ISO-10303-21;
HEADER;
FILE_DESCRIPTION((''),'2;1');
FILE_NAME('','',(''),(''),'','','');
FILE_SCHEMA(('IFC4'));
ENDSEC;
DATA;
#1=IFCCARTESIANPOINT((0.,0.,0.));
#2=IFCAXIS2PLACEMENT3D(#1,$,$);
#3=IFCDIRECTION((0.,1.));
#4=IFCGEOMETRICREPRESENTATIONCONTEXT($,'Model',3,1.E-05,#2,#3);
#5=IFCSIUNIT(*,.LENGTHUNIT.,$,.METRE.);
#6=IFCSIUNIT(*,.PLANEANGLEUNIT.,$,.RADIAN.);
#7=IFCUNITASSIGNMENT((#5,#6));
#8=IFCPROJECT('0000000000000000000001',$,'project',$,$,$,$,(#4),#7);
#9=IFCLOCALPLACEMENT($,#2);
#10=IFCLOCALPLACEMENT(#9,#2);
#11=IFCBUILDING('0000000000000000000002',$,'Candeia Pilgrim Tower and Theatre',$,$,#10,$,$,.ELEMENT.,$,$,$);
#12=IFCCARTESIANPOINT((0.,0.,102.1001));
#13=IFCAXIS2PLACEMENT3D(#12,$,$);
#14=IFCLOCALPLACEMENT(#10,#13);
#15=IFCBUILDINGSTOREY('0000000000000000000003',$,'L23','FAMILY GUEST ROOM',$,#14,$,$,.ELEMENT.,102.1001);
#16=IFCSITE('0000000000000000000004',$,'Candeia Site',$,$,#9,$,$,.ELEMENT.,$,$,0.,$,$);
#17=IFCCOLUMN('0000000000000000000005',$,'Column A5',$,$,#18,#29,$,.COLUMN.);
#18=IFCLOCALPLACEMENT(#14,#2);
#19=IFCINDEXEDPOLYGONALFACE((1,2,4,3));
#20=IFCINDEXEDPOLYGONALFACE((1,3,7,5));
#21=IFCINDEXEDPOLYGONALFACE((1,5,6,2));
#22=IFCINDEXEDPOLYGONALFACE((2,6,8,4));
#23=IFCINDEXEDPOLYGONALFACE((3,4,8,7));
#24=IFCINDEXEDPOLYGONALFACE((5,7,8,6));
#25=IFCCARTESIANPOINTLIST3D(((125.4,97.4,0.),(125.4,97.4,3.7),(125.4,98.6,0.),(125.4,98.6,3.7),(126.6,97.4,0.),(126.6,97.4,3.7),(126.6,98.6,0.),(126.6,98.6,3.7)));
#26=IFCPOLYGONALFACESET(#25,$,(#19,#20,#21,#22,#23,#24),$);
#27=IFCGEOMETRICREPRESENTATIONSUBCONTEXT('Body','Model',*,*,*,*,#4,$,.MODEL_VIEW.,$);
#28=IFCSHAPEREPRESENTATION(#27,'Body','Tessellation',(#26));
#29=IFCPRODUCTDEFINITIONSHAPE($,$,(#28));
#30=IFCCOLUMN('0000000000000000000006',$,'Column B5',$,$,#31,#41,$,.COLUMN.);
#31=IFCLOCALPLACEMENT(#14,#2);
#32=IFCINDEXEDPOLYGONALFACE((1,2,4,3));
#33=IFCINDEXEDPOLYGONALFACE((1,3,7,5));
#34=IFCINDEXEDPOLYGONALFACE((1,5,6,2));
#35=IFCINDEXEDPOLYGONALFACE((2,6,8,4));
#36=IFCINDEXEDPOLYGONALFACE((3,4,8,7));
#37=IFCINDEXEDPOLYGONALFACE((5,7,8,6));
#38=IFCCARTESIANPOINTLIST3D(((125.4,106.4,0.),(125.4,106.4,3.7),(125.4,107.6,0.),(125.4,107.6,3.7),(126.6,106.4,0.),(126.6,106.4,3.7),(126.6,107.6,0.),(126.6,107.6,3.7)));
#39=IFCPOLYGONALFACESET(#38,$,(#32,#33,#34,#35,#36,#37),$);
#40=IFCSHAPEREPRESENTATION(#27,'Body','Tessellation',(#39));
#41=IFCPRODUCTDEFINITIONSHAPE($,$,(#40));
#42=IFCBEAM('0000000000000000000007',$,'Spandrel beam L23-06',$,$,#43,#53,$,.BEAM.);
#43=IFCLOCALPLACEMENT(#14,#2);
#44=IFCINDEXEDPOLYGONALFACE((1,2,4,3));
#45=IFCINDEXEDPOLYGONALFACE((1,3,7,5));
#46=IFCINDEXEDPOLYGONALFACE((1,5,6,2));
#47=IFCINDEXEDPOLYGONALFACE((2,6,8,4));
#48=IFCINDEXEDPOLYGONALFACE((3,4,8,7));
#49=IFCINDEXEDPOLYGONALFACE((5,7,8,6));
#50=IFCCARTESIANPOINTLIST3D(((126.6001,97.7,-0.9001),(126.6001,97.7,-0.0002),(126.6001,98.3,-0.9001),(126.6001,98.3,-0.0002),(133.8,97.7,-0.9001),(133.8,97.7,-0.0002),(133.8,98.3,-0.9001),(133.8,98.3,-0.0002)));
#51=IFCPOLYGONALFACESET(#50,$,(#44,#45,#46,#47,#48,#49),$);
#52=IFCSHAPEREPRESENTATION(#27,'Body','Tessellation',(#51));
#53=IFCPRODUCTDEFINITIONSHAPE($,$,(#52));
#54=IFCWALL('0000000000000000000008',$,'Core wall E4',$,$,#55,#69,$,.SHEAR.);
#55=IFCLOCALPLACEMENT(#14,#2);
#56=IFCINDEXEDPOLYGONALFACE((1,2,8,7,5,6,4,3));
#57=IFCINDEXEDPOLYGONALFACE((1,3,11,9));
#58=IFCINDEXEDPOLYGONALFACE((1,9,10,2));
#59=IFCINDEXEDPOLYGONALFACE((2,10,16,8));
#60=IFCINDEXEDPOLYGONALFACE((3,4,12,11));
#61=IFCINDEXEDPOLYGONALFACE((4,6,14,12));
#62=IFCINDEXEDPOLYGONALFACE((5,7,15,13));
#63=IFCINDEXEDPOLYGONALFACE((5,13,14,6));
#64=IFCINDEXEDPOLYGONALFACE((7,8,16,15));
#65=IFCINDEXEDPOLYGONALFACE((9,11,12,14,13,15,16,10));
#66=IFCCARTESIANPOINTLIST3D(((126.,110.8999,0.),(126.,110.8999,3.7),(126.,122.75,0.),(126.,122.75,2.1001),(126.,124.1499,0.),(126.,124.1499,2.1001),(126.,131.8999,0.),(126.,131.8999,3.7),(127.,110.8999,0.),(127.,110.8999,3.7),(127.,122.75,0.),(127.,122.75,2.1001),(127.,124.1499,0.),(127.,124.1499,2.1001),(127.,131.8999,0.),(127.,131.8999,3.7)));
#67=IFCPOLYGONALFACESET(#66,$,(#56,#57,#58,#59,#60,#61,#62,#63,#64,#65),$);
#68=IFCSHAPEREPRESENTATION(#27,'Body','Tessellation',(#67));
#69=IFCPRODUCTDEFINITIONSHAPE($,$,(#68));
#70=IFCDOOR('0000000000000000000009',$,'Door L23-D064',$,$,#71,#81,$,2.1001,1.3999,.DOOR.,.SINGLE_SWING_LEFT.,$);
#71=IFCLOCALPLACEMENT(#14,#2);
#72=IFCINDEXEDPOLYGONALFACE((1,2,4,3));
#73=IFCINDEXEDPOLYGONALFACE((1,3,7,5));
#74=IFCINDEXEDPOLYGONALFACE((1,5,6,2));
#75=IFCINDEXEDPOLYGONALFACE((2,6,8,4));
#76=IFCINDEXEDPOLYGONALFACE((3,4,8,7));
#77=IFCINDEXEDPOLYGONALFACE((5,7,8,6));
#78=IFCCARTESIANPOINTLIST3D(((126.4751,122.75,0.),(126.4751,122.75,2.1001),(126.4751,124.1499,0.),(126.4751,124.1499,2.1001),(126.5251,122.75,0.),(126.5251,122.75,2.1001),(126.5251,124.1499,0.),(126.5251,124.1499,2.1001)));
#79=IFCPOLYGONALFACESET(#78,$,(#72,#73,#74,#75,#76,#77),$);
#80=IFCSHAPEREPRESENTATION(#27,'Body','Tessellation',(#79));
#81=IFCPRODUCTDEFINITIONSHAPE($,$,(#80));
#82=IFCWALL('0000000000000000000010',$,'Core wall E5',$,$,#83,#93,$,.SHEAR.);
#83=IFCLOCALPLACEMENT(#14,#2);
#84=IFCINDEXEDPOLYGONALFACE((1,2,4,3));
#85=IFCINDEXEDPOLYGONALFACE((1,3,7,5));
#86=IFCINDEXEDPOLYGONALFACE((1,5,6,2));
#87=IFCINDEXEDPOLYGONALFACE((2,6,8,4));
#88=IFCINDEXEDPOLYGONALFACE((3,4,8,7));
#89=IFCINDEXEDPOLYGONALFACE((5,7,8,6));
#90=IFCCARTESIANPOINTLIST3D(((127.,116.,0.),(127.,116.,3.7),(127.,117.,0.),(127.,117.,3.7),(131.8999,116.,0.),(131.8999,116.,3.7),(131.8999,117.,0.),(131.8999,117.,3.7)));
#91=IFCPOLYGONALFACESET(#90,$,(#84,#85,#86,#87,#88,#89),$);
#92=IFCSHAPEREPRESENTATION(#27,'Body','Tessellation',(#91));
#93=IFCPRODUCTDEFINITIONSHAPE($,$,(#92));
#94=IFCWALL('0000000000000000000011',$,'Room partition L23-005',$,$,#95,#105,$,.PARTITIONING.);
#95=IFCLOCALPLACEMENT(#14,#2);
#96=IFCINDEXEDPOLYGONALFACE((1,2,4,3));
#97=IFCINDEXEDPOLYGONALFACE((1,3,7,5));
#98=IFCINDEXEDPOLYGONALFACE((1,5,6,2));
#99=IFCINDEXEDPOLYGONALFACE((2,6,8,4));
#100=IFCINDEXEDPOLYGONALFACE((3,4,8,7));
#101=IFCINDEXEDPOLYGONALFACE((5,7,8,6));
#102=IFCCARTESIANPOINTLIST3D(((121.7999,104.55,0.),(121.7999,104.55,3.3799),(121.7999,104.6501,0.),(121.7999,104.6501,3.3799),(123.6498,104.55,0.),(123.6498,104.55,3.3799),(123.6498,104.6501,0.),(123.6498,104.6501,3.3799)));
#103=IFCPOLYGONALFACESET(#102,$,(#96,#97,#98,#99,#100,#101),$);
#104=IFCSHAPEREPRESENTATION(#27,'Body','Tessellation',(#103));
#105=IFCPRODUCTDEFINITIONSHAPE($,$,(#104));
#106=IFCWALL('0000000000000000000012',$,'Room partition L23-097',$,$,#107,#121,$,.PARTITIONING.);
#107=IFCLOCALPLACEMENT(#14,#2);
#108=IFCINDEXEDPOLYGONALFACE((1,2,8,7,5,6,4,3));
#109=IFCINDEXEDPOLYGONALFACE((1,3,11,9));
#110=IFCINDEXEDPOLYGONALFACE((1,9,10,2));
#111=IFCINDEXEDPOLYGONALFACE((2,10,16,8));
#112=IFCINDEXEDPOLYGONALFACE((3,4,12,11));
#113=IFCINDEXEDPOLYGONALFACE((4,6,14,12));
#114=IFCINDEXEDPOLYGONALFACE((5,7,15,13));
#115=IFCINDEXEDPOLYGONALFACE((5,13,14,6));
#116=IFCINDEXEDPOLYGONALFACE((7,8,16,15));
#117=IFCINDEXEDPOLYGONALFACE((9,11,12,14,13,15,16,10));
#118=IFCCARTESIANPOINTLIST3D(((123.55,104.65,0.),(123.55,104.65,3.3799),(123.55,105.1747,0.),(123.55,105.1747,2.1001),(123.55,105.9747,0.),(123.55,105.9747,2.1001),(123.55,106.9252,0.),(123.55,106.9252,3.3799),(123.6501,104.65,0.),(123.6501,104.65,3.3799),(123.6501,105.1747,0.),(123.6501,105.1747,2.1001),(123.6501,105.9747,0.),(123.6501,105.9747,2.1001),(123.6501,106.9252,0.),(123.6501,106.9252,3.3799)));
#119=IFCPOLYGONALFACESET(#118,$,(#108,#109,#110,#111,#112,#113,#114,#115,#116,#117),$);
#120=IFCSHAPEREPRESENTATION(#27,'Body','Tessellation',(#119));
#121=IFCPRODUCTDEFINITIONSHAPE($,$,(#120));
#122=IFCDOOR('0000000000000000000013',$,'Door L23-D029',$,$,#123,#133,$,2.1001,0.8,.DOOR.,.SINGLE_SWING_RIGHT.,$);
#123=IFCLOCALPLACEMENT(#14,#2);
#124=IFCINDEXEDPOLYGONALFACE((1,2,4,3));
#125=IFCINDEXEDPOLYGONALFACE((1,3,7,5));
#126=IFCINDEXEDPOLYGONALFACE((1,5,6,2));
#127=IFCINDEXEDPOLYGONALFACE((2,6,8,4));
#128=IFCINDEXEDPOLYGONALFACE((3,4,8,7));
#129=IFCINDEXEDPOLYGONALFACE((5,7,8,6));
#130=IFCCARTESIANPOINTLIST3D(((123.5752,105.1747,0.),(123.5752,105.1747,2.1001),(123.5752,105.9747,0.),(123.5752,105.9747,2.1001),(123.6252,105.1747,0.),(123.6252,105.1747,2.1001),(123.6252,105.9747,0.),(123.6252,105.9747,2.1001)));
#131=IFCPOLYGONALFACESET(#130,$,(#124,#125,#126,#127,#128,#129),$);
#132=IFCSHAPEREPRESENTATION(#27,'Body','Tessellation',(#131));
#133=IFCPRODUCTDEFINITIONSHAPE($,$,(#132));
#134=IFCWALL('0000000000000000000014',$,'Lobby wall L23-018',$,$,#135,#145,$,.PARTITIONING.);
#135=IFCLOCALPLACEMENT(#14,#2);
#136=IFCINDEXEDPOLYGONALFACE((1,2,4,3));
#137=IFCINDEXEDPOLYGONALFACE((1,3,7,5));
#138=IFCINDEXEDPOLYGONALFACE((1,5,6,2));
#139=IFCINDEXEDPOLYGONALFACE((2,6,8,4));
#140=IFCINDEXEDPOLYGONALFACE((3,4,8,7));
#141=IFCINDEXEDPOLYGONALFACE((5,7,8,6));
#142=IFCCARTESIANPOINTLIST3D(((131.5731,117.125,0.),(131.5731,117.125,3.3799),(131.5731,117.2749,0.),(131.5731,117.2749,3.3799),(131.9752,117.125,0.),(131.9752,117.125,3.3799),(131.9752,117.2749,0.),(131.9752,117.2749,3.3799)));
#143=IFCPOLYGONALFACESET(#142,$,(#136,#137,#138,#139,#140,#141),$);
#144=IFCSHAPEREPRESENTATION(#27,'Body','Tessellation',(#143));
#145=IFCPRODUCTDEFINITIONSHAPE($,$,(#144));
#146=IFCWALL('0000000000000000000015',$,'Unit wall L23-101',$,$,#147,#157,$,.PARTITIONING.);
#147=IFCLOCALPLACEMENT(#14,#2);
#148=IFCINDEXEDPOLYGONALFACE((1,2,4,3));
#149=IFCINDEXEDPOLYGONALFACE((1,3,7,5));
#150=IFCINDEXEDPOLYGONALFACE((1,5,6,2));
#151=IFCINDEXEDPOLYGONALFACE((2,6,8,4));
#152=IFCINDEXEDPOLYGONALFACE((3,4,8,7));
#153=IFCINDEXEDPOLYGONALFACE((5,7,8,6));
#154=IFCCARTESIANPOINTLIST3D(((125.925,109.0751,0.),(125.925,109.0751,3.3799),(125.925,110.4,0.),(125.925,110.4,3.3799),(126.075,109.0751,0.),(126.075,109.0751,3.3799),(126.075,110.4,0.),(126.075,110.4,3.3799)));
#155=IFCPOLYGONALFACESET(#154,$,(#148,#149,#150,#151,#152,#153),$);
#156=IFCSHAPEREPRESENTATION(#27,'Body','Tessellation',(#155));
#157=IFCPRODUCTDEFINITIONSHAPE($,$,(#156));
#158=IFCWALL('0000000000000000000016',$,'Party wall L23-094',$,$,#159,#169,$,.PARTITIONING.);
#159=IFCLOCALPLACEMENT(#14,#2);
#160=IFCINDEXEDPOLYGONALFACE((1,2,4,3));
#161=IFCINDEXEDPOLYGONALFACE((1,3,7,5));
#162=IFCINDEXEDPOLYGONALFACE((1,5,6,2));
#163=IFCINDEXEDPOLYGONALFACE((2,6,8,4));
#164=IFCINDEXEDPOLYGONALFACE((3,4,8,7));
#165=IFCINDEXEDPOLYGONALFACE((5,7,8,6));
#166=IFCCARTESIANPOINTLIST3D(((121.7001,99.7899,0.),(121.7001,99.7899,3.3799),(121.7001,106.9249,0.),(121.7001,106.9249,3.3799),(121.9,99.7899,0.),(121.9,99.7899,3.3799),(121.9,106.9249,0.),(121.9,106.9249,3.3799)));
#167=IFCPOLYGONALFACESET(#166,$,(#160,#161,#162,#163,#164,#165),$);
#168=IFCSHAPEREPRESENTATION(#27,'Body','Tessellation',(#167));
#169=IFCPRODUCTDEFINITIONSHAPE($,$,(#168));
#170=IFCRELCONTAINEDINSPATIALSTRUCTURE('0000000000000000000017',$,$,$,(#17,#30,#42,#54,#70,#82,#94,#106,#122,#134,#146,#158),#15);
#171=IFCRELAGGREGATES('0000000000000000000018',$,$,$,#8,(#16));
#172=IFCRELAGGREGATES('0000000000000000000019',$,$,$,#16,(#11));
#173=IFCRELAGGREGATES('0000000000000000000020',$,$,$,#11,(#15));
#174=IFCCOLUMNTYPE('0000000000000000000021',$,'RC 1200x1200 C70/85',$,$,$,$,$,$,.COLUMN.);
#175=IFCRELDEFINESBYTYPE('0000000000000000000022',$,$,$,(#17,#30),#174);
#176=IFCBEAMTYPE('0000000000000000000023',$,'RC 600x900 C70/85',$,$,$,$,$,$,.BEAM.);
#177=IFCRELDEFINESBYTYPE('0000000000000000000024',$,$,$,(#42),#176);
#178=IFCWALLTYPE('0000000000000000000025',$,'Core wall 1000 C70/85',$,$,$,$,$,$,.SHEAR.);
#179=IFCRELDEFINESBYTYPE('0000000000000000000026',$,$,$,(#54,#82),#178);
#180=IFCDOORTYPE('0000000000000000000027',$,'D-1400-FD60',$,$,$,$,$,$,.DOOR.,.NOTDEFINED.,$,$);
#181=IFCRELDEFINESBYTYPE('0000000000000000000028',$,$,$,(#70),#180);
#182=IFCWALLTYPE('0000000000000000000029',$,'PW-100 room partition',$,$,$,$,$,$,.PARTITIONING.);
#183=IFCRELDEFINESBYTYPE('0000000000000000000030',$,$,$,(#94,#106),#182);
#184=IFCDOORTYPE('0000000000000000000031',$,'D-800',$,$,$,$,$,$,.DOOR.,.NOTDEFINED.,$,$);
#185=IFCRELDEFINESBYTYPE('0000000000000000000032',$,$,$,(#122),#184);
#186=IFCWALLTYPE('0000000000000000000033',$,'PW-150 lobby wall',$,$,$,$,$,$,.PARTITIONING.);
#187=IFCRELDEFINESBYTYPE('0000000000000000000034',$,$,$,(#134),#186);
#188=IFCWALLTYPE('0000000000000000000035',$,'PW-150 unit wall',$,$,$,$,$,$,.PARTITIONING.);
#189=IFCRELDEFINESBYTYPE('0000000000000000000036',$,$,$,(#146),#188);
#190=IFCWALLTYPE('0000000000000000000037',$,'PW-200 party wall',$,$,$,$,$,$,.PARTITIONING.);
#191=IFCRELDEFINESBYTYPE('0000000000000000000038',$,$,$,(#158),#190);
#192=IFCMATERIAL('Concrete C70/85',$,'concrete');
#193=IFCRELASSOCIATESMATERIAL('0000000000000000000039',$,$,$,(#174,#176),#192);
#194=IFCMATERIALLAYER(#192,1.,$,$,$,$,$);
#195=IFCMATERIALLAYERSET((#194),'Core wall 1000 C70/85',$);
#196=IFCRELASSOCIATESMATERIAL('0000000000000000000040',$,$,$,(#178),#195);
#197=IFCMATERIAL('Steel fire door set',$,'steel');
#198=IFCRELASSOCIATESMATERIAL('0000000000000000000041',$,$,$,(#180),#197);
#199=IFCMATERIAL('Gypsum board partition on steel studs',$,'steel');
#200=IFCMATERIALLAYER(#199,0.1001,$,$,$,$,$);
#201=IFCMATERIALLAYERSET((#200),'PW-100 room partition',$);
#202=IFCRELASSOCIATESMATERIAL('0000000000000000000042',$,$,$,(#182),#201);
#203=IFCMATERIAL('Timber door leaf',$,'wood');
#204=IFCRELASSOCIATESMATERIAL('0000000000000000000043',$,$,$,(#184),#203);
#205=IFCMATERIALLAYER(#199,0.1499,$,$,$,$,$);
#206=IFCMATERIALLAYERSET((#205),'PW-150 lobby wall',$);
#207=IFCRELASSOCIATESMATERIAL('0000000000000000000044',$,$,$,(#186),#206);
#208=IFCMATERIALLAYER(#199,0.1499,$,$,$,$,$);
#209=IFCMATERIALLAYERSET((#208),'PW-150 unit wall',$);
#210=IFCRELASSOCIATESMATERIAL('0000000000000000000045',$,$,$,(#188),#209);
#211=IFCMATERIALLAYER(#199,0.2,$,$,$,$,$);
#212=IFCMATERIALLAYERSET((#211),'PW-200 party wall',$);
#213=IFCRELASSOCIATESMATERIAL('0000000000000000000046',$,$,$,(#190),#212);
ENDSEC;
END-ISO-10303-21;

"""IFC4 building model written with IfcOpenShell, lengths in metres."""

from ifc_helpers import new_model, si_unit, direction, frame, frame_2d, origin, origin_2d, place, context, subcontext, project, spatial, rectangle, extrude, material, layer, layer_set, material_profile, profile_set, type_object, element, fill, save


model = new_model("IFC4")

# Units and contexts
model_context = context("Model", 3, precision=1e-05, world=origin(), true_north=direction((0.0, 1.0)))
body_context = subcontext(model_context, "Body", "Model", "MODEL_VIEW")
ifc_project = project(units=[si_unit("LENGTHUNIT", "METRE"), si_unit("PLANEANGLEUNIT", "RADIAN")], contexts=[model_context])

# Site, building, storey
site_placement = place(None, origin())
site = spatial("IfcSite", under=ifc_project, at=site_placement, Name="Candeia Site", CompositionType="ELEMENT", RefElevation=0.0)
building_placement = place(site_placement, origin())
building = spatial("IfcBuilding", under=site, at=building_placement, Name="Candeia Pilgrim Tower and Theatre", CompositionType="ELEMENT")
storey_placement = place(building_placement, frame((0.0, 0.0, 102.1001)))
storey = spatial("IfcBuildingStorey", under=building, at=storey_placement, Name="L23", Description="FAMILY GUEST ROOM", CompositionType="ELEMENT", Elevation=102.1001)

# Columns
ifc_material_1 = material(Name="Concrete C70/85", Category="concrete")
ifc_material_profile_1 = material_profile(ifc_material_1, rectangle(XDim=1.2, YDim=1.2, at=origin_2d()))
ifc_profile_set_1 = profile_set([ifc_material_profile_1], Name="Concrete C70/85")
column_type = type_object("IfcColumnType", Name="RC 1200x1200 C70/85", PredefinedType="COLUMN", material=ifc_profile_set_1)
for number, where, z_axis, x_axis, name in (
    (1, (126.0, 98.0, 0.0), (0.0, 0.0, 1.0), (1.0, 0.0, 0.0), "Column A5"),
    (2, (126.0, 107.0, 0.0), (0.0, 0.0, 1.0), (1.0, 0.0, 0.0), "Column B5"),
):
    element("IfcColumn", number, at=place(storey_placement, frame(where, z_axis=z_axis, x_axis=x_axis)), inside=storey, type_object=column_type, Name=name, PredefinedType="COLUMN", context=body_context, shape_type="SweptSolid", body=[
        extrude(rectangle(XDim=1.2, YDim=1.2, at=origin_2d()), origin(), (0.0, 0.0, 1.0), 3.7),
    ])

# Beam
ifc_material_profile_2 = material_profile(ifc_material_1, rectangle(XDim=0.6001, YDim=0.8999, at=origin_2d()))
ifc_profile_set_2 = profile_set([ifc_material_profile_2], Name="Concrete C70/85")
beam_type = type_object("IfcBeamType", Name="RC 600x900 C70/85", PredefinedType="BEAM", material=ifc_profile_set_2)
beam_placement = place(storey_placement, frame((126.6001, 98.0, -0.4502), z_axis=(1.0, 0.0, 0.0), x_axis=(0.0, 1.0, 0.0)))
element("IfcBeam", 3, at=beam_placement, inside=storey, type_object=beam_type, Name="Spandrel beam L23-06", PredefinedType="BEAM", context=body_context, shape_type="SweptSolid", body=[
    extrude(rectangle(XDim=0.6001, YDim=0.8999, at=origin_2d()), origin(), (0.0, 0.0, 1.0), 7.2),
])

# Wall, opening, door
ifc_layer_1 = layer(ifc_material_1, 1.0)
ifc_layer_set_1 = layer_set([ifc_layer_1], Name="Core wall 1000 C70/85")
wall_type_1 = type_object("IfcWallType", Name="Core wall 1000 C70/85", PredefinedType="SHEAR", material=ifc_layer_set_1)
wall_1_placement = place(storey_placement, frame((126.5, 110.8999, 0.0), z_axis=(0.0, 0.0, 1.0), x_axis=(0.0, 1.0, 0.0)))
wall_1 = element("IfcWall", 4, at=wall_1_placement, inside=storey, type_object=wall_type_1, Name="Core wall E4", PredefinedType="SHEAR", context=body_context, shape_type="SweptSolid", body=[
    extrude(rectangle(XDim=21.0, YDim=1.0, at=frame_2d((10.5, 0.0))), origin(), (0.0, 0.0, 1.0), 3.7),
])
opening_1_placement = place(wall_1_placement, frame((11.8501, 0.0, 0.0)))
opening_1 = element("IfcOpeningElement", 5, at=opening_1_placement, cuts=wall_1, PredefinedType="OPENING", context=body_context, shape_type="SweptSolid", body=[
    extrude(rectangle(XDim=1.3999, YDim=2.1001, at=frame_2d((0.7, 1.05))), frame((0.0, 0.51, 0.0), z_axis=(0.0, -1.0, 0.0), x_axis=(1.0, 0.0, 0.0)), (0.0, 0.0, 1.0), 1.02),
])
ifc_material_2 = material(Name="Steel fire door set", Category="steel")
door_type_1 = type_object("IfcDoorType", Name="D-1400-FD60", OperationType="NOTDEFINED", PredefinedType="DOOR", material=ifc_material_2)
door_1_placement = place(opening_1_placement, origin())
door_1 = element("IfcDoor", 6, at=door_1_placement, inside=storey, type_object=door_type_1, Name="Door L23-D064", OperationType="SINGLE_SWING_LEFT", OverallHeight=2.1001, OverallWidth=1.3999, PredefinedType="DOOR", context=body_context, shape_type="SweptSolid", body=[
    extrude(rectangle(XDim=1.3999, YDim=2.1001, at=frame_2d((0.7, 1.05))), frame((0.0, 0.0249, 0.0), z_axis=(0.0, -1.0, 0.0), x_axis=(1.0, 0.0, 0.0)), (0.0, 0.0, 1.0), 0.05),
])
fill(opening_1, door_1)

# Walls
wall_2_placement = place(storey_placement, frame((127.0, 116.5, 0.0), z_axis=(0.0, 0.0, 1.0), x_axis=(1.0, 0.0, 0.0)))
element("IfcWall", 7, at=wall_2_placement, inside=storey, type_object=wall_type_1, Name="Core wall E5", PredefinedType="SHEAR", context=body_context, shape_type="SweptSolid", body=[
    extrude(rectangle(XDim=4.8999, YDim=1.0, at=frame_2d((2.45, 0.0))), origin(), (0.0, 0.0, 1.0), 3.7),
])
ifc_material_3 = material(Name="Gypsum board partition on steel studs", Category="steel")
ifc_layer_2 = layer(ifc_material_3, 0.1001)
ifc_layer_set_2 = layer_set([ifc_layer_2], Name="PW-100 room partition")
wall_type_2 = type_object("IfcWallType", Name="PW-100 room partition", PredefinedType="PARTITIONING", material=ifc_layer_set_2)
wall_3_placement = place(storey_placement, frame((121.8, 104.6001, 0.0), z_axis=(0.0, 0.0, 1.0), x_axis=(1.0, 0.0, 0.0)))
element("IfcWall", 8, at=wall_3_placement, inside=storey, type_object=wall_type_2, Name="Room partition L23-005", PredefinedType="PARTITIONING", context=body_context, shape_type="SweptSolid", body=[
    extrude(rectangle(XDim=1.8499, YDim=0.1001, at=frame_2d((0.9248, 0.0))), origin(), (0.0, 0.0, 1.0), 3.3799),
])

# Wall, opening, door
wall_4_placement = place(storey_placement, frame((123.6001, 104.6499, 0.0), z_axis=(0.0, 0.0, 1.0), x_axis=(0.0, 1.0, 0.0)))
wall_4 = element("IfcWall", 9, at=wall_4_placement, inside=storey, type_object=wall_type_2, Name="Room partition L23-097", PredefinedType="PARTITIONING", context=body_context, shape_type="SweptSolid", body=[
    extrude(rectangle(XDim=2.2751, YDim=0.1001, at=frame_2d((1.1377, 0.0))), origin(), (0.0, 0.0, 1.0), 3.3799),
])
opening_2_placement = place(wall_4_placement, frame((0.5249, 0.0, 0.0)))
opening_2 = element("IfcOpeningElement", 10, at=opening_2_placement, cuts=wall_4, PredefinedType="OPENING", context=body_context, shape_type="SweptSolid", body=[
    extrude(rectangle(XDim=0.8, YDim=2.1001, at=frame_2d((0.3999, 1.05))), frame((0.0, 0.0601, 0.0), z_axis=(0.0, -1.0, 0.0), x_axis=(1.0, 0.0, 0.0)), (0.0, 0.0, 1.0), 0.1201),
])
ifc_material_4 = material(Name="Timber door leaf", Category="wood")
door_type_2 = type_object("IfcDoorType", Name="D-800", OperationType="NOTDEFINED", PredefinedType="DOOR", material=ifc_material_4)
door_2_placement = place(opening_2_placement, origin())
door_2 = element("IfcDoor", 11, at=door_2_placement, inside=storey, type_object=door_type_2, Name="Door L23-D029", OperationType="SINGLE_SWING_RIGHT", OverallHeight=2.1001, OverallWidth=0.8, PredefinedType="DOOR", context=body_context, shape_type="SweptSolid", body=[
    extrude(rectangle(XDim=0.8, YDim=2.1001, at=frame_2d((0.3999, 1.05))), frame((0.0, 0.0249, 0.0), z_axis=(0.0, -1.0, 0.0), x_axis=(1.0, 0.0, 0.0)), (0.0, 0.0, 1.0), 0.05),
])
fill(opening_2, door_2)

# Walls
ifc_layer_3 = layer(ifc_material_3, 0.1499)
ifc_layer_set_3 = layer_set([ifc_layer_3], Name="PW-150 lobby wall")
wall_type_3 = type_object("IfcWallType", Name="PW-150 lobby wall", PredefinedType="PARTITIONING", material=ifc_layer_set_3)
wall_5_placement = place(storey_placement, frame((131.573, 117.2, 0.0), z_axis=(0.0, 0.0, 1.0), x_axis=(1.0, 0.0, 0.0)))
element("IfcWall", 12, at=wall_5_placement, inside=storey, type_object=wall_type_3, Name="Lobby wall L23-018", PredefinedType="PARTITIONING", context=body_context, shape_type="SweptSolid", body=[
    extrude(rectangle(XDim=0.4021, YDim=0.1499, at=frame_2d((0.2012, 0.0))), origin(), (0.0, 0.0, 1.0), 3.3799),
])
ifc_layer_4 = layer(ifc_material_3, 0.1499)
ifc_layer_set_4 = layer_set([ifc_layer_4], Name="PW-150 unit wall")
wall_type_4 = type_object("IfcWallType", Name="PW-150 unit wall", PredefinedType="PARTITIONING", material=ifc_layer_set_4)
wall_6_placement = place(storey_placement, frame((126.0, 109.075, 0.0), z_axis=(0.0, 0.0, 1.0), x_axis=(0.0, 1.0, 0.0)))
element("IfcWall", 13, at=wall_6_placement, inside=storey, type_object=wall_type_4, Name="Unit wall L23-101", PredefinedType="PARTITIONING", context=body_context, shape_type="SweptSolid", body=[
    extrude(rectangle(XDim=1.325, YDim=0.1499, at=frame_2d((0.6626, 0.0))), origin(), (0.0, 0.0, 1.0), 3.3799),
])
ifc_layer_5 = layer(ifc_material_3, 0.2)
ifc_layer_set_5 = layer_set([ifc_layer_5], Name="PW-200 party wall")
wall_type_5 = type_object("IfcWallType", Name="PW-200 party wall", PredefinedType="PARTITIONING", material=ifc_layer_set_5)
wall_7_placement = place(storey_placement, frame((121.8, 99.79, 0.0), z_axis=(0.0, 0.0, 1.0), x_axis=(0.0, 1.0, 0.0)))
element("IfcWall", 14, at=wall_7_placement, inside=storey, type_object=wall_type_5, Name="Party wall L23-094", PredefinedType="PARTITIONING", context=body_context, shape_type="SweptSolid", body=[
    extrude(rectangle(XDim=7.135, YDim=0.2, at=frame_2d((3.5674, 0.0))), origin(), (0.0, 0.0, 1.0), 3.3799),
])

save(model, "model.ifc")
